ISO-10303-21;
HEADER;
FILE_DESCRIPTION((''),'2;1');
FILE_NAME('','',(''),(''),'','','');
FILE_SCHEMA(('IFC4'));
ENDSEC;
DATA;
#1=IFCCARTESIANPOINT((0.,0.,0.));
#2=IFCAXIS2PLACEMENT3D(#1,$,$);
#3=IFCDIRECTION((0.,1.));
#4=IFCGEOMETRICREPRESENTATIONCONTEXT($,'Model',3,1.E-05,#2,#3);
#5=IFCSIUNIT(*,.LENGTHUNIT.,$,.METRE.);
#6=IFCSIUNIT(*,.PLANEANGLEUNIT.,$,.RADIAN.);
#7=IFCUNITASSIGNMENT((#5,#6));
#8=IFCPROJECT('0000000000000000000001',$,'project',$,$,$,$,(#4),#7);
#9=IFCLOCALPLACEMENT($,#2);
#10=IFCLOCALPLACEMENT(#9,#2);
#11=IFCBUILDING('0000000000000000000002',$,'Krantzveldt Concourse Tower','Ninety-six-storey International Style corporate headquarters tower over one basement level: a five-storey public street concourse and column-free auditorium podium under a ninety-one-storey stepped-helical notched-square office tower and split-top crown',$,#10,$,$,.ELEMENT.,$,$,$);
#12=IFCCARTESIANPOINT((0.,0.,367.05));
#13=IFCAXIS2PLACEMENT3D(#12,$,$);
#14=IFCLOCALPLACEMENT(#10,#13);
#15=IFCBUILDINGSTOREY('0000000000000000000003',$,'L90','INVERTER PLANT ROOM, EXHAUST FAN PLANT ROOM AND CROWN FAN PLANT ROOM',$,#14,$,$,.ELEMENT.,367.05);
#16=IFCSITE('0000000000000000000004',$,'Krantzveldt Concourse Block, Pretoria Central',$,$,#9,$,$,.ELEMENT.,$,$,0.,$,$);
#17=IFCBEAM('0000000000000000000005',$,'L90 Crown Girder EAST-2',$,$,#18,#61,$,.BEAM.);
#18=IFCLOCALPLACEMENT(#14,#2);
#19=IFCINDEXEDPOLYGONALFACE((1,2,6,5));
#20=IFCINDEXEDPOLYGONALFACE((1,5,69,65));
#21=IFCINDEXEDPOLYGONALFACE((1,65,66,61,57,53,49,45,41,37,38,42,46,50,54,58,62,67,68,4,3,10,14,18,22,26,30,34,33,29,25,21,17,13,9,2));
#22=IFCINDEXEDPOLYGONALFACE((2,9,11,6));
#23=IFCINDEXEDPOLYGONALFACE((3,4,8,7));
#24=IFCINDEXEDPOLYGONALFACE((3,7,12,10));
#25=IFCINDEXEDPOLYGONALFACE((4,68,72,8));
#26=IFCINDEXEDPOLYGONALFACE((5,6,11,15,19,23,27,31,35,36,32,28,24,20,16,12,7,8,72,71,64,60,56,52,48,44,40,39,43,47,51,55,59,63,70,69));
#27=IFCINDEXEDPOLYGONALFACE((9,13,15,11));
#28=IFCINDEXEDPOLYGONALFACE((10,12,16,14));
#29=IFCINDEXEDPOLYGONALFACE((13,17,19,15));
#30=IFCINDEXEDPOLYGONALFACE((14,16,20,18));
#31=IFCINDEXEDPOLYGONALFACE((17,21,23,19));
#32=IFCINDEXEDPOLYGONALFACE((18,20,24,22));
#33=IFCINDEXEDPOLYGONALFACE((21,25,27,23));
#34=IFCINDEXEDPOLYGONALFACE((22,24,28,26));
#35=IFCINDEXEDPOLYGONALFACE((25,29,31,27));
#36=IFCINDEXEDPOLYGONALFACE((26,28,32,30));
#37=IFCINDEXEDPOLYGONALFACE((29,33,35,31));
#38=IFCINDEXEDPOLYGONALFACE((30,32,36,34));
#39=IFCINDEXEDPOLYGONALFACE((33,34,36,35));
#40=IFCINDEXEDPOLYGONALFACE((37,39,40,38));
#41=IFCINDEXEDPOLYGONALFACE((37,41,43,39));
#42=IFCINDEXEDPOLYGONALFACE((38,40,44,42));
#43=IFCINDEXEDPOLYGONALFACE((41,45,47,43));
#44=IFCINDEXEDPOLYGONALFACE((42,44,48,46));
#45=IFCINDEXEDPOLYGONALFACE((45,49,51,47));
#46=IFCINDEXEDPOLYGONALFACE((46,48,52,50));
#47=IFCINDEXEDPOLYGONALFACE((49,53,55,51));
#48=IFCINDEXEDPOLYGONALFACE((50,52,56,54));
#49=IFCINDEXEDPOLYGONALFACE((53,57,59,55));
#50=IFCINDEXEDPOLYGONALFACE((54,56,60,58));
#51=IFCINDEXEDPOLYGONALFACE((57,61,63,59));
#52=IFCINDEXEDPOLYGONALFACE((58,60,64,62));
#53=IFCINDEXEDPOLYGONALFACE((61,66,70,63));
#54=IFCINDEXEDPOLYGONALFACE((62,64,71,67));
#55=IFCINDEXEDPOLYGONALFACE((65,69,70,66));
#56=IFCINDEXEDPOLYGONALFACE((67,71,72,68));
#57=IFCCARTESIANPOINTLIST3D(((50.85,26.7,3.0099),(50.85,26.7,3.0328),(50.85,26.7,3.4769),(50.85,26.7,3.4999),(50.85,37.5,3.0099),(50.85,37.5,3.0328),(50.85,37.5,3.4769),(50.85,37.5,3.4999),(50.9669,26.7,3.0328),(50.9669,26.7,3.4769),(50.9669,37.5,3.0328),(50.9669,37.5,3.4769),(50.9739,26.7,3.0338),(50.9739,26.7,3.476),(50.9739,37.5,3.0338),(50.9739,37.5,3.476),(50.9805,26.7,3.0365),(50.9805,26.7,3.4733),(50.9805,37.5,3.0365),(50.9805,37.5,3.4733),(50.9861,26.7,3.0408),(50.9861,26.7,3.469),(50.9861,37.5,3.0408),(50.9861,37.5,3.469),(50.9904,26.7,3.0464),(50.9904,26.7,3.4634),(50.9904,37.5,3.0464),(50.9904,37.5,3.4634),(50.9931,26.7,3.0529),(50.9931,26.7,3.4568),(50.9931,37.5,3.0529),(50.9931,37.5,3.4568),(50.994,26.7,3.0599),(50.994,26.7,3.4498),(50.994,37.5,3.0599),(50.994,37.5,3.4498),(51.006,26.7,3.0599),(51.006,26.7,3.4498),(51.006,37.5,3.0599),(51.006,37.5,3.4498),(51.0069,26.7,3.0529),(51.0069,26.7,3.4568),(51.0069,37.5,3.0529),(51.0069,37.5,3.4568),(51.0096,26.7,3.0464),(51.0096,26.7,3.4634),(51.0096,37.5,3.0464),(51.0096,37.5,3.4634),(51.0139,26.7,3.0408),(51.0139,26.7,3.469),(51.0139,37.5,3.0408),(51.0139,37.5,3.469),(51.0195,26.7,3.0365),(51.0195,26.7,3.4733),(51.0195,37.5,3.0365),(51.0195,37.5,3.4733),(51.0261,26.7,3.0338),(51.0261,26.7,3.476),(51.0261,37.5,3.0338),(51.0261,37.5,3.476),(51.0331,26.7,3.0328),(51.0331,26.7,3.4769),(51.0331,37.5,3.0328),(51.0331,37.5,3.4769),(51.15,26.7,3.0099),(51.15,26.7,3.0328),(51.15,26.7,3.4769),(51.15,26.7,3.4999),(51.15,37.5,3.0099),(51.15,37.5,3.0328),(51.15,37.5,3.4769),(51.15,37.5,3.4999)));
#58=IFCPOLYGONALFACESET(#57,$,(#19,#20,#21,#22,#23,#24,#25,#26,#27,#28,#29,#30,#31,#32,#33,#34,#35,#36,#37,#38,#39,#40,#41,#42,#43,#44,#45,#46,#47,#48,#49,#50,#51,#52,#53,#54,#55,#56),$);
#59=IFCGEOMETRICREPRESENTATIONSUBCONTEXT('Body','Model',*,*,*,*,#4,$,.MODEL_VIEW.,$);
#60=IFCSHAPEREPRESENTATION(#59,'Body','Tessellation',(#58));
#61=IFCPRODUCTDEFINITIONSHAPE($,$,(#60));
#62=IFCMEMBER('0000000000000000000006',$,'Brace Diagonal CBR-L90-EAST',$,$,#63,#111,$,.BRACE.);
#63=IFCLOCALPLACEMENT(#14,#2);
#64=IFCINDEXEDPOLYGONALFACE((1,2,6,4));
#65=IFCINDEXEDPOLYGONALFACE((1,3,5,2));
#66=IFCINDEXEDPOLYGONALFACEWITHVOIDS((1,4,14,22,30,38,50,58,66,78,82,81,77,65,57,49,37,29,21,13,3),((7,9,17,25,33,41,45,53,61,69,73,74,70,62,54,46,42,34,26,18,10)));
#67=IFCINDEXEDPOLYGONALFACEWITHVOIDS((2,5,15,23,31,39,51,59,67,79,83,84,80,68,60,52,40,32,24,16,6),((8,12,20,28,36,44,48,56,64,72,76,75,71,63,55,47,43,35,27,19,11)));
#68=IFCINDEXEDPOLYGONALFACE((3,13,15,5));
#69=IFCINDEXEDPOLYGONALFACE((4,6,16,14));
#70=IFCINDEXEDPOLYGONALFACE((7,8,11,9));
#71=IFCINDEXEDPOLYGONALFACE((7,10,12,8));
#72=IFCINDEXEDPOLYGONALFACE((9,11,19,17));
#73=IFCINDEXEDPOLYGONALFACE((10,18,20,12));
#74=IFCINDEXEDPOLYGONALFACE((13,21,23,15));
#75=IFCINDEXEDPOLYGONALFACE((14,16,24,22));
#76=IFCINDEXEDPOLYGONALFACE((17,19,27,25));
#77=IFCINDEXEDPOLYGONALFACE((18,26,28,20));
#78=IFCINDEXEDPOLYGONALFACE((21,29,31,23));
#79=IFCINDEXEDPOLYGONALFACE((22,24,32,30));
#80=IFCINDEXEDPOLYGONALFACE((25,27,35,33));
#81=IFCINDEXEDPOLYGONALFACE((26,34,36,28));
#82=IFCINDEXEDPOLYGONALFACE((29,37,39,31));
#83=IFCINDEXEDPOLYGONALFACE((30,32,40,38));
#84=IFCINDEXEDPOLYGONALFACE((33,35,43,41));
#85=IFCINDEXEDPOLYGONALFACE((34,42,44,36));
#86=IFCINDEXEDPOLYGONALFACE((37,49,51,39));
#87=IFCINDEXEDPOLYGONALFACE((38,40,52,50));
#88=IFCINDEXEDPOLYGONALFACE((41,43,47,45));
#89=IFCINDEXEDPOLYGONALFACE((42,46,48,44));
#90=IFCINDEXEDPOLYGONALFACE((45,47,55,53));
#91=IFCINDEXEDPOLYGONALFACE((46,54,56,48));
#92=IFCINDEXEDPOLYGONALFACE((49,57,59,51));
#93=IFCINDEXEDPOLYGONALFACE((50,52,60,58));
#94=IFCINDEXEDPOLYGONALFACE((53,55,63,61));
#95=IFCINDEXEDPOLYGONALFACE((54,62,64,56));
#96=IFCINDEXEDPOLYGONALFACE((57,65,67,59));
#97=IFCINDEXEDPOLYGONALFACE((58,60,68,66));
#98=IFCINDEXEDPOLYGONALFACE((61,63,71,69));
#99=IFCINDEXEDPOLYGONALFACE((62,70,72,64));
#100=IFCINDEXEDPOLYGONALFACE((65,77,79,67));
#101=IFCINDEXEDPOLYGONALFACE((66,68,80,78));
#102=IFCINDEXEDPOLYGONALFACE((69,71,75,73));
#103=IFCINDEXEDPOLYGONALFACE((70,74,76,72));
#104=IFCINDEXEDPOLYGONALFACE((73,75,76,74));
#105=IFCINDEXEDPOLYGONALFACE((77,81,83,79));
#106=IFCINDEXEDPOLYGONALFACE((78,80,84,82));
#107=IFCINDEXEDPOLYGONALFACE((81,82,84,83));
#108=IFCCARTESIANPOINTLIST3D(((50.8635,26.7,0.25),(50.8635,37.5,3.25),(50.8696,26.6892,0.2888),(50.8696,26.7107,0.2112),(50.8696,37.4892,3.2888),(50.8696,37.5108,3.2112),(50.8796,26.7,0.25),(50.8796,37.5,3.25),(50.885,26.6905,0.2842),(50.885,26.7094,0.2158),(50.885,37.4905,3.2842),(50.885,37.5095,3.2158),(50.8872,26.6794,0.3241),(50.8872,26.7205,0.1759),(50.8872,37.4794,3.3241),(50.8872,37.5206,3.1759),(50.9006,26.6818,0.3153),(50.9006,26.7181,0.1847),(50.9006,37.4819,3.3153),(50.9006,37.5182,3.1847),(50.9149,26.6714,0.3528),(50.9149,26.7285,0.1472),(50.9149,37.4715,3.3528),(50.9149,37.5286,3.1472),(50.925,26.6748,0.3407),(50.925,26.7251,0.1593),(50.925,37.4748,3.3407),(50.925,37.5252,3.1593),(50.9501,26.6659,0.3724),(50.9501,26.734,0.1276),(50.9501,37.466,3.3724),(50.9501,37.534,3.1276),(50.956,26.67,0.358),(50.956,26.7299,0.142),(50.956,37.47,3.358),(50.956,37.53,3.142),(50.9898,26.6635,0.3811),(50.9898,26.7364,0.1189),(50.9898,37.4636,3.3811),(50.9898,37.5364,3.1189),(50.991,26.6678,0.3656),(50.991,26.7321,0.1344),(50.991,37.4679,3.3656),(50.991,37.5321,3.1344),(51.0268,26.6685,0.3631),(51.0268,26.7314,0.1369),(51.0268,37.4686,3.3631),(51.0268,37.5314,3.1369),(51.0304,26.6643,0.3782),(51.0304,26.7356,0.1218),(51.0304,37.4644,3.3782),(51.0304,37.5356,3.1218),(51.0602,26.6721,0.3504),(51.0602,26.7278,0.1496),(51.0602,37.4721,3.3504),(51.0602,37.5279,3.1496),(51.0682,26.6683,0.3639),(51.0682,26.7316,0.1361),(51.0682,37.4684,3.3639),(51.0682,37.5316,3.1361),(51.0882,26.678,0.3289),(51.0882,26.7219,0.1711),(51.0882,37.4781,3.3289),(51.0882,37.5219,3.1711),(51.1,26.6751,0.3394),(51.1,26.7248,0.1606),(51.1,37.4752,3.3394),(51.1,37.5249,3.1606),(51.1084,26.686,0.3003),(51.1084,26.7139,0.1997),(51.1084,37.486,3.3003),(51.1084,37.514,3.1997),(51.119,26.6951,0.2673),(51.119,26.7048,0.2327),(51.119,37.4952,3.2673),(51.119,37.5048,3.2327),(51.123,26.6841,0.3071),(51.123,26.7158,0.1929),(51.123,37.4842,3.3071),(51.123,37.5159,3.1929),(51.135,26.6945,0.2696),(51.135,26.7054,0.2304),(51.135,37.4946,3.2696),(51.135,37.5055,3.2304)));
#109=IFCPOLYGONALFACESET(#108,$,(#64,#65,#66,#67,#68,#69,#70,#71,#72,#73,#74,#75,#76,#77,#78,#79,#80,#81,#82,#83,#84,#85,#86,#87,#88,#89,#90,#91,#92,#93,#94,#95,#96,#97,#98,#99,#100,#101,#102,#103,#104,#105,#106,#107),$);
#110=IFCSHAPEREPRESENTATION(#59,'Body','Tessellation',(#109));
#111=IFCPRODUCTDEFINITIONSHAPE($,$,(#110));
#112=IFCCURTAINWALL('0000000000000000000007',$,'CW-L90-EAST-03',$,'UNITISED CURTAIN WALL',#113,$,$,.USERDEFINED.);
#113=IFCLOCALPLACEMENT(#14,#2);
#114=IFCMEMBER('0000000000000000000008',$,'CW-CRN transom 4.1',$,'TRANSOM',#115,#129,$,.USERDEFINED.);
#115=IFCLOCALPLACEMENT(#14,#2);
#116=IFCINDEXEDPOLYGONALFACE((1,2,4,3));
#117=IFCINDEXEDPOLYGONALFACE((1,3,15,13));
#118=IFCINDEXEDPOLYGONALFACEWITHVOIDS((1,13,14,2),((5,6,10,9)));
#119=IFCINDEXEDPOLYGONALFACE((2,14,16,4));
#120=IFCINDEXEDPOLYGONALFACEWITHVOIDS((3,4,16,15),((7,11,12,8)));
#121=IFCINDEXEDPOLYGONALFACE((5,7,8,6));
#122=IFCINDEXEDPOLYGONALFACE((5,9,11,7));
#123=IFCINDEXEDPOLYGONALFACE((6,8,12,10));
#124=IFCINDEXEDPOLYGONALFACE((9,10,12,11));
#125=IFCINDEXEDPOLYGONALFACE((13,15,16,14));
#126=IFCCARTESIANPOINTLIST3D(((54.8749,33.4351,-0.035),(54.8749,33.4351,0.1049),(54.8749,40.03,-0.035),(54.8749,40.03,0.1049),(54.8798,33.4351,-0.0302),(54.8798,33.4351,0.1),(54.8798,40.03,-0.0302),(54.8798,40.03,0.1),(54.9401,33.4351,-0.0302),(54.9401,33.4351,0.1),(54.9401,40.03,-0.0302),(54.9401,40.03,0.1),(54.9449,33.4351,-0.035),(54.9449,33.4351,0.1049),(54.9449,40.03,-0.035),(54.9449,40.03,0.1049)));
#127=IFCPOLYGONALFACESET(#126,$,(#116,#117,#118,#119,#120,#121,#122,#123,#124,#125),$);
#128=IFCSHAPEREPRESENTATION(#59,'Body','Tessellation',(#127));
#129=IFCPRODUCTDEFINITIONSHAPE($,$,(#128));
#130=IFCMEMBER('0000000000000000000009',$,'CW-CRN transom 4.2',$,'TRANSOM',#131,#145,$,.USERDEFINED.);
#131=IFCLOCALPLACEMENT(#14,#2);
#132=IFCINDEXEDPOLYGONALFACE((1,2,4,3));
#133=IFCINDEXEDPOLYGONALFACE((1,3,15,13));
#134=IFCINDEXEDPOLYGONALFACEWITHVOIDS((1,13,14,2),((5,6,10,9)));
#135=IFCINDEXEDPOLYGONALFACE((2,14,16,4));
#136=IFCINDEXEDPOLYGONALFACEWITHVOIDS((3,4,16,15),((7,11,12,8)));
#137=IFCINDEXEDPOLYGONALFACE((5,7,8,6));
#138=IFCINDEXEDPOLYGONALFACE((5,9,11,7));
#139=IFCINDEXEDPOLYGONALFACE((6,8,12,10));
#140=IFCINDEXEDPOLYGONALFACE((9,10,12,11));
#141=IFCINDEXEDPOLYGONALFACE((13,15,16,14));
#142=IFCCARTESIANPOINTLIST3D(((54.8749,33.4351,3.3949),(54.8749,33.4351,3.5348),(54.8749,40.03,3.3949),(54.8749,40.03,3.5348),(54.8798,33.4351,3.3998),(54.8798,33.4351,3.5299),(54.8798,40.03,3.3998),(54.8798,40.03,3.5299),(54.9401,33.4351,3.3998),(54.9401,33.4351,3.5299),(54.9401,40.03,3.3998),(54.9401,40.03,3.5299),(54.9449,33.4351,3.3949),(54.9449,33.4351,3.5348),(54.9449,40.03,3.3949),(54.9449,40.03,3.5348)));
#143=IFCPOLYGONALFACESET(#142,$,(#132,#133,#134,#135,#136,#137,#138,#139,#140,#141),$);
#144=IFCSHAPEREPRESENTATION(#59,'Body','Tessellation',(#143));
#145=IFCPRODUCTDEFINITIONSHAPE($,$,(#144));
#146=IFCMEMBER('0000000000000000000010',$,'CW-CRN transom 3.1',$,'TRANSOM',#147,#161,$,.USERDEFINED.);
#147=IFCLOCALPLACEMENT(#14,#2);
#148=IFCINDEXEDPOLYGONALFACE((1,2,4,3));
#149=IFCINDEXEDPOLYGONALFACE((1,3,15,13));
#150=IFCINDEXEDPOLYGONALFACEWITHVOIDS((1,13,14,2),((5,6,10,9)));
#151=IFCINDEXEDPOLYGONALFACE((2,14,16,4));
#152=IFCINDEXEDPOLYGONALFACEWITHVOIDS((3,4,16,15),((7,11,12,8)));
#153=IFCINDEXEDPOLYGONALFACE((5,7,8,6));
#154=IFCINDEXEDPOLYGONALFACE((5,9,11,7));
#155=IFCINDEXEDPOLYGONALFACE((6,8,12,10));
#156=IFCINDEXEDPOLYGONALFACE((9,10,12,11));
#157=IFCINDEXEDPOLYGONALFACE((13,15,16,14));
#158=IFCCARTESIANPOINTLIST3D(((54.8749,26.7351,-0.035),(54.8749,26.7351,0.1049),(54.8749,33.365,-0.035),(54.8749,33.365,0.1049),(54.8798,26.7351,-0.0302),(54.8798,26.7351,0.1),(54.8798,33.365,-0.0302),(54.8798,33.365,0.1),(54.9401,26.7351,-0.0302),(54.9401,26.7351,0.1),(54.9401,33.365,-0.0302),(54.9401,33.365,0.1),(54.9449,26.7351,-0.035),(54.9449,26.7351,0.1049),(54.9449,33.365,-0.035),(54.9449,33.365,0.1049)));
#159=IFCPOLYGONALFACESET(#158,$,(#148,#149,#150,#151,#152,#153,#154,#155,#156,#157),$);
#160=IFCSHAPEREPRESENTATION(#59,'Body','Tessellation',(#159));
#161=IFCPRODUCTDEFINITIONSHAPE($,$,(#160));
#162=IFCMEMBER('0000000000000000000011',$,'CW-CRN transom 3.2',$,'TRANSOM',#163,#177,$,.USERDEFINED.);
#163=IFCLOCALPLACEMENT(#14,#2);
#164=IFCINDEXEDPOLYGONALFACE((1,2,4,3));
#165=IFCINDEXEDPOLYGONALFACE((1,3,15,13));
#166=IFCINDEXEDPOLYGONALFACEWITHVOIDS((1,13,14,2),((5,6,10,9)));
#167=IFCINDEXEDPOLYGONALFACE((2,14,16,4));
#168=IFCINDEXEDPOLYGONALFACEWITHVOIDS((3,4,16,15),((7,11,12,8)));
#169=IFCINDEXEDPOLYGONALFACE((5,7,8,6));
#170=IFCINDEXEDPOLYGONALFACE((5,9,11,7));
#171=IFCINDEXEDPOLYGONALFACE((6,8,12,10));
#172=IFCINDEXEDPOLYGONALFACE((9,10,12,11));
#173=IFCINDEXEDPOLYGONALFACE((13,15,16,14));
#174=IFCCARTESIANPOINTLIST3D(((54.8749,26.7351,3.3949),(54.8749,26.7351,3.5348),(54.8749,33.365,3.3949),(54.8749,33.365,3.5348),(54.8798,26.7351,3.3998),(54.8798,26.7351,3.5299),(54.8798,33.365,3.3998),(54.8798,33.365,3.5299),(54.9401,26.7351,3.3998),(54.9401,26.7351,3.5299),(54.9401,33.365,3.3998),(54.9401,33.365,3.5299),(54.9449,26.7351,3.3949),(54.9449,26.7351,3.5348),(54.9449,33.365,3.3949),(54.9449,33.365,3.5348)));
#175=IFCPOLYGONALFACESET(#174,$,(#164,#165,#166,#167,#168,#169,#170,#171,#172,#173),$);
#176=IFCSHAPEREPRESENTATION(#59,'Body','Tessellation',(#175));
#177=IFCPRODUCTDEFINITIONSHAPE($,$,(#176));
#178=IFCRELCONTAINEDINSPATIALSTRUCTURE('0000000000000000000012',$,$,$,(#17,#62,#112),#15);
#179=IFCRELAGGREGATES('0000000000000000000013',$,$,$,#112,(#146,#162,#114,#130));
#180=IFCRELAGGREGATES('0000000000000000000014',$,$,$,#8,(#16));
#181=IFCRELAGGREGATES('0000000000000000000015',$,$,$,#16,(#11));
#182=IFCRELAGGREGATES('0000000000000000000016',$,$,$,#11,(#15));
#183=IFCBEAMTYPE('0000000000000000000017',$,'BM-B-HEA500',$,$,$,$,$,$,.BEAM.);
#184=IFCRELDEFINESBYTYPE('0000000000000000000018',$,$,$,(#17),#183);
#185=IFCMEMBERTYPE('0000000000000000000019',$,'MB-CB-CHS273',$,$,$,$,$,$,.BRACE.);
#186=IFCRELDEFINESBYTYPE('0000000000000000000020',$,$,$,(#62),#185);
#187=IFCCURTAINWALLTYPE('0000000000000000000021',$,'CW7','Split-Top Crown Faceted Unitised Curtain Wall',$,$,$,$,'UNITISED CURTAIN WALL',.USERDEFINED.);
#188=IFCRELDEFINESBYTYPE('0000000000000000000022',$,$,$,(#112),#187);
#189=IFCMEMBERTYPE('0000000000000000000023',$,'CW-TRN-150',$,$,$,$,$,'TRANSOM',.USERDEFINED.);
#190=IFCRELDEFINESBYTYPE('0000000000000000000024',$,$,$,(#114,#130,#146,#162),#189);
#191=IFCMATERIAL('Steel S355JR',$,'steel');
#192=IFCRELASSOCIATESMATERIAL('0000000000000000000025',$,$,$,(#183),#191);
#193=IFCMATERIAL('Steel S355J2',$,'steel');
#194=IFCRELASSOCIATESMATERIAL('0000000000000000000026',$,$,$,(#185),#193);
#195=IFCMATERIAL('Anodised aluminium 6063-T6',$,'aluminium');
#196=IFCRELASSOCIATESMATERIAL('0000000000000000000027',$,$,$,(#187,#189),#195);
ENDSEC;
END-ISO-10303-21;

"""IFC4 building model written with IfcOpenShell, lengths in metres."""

from ifc_helpers import new_model, si_unit, direction, frame, origin, origin_2d, place, context, subcontext, project, spatial, hollow_rectangle, hollow_circle, i_section, extrude, source, transform, mapped, material, material_profile, profile_set, type_object, type_shapes, element, aggregate, save


model = new_model("IFC4")

# Units and contexts
model_context = context("Model", 3, precision=1e-05, world=origin(), true_north=direction((0.0, 1.0)))
body_context = subcontext(model_context, "Body", "Model", "MODEL_VIEW")
ifc_project = project(units=[si_unit("LENGTHUNIT", "METRE"), si_unit("PLANEANGLEUNIT", "RADIAN")], contexts=[model_context])

# Site, building, storey
site_placement = place(None, origin())
site = spatial("IfcSite", under=ifc_project, at=site_placement, Name="Krantzveldt Concourse Block, Pretoria Central", CompositionType="ELEMENT", RefElevation=0.0)
building_placement = place(site_placement, origin())
building = spatial("IfcBuilding", under=site, at=building_placement, Name="Krantzveldt Concourse Tower", Description="Ninety-six-storey International Style corporate headquarters tower over one basement level: a five-storey public street concourse and column-free auditorium podium under a ninety-one-storey stepped-helical notched-square office tower and split-top crown", CompositionType="ELEMENT")
storey_placement = place(building_placement, frame((0.0, 0.0, 367.05)))
storey = spatial("IfcBuildingStorey", under=building, at=storey_placement, Name="L90", Description="INVERTER PLANT ROOM, EXHAUST FAN PLANT ROOM AND CROWN FAN PLANT ROOM", CompositionType="ELEMENT", Elevation=367.05)

# Shared definitions
ifc_material_1 = material(Name="Steel S355J2", Category="steel")

# Beam
ifc_material_2 = material(Name="Steel S355JR", Category="steel")
ifc_material_profile_1 = material_profile(ifc_material_2, i_section(OverallWidth=0.3, OverallDepth=0.49, WebThickness=0.012, FlangeThickness=0.0229, FilletRadius=0.0271, at=origin_2d()), Name="Steel S355JR", Category="steel")
ifc_profile_set_1 = profile_set([ifc_material_profile_1], Name="Steel S355JR - HEA 500")
beam_type = type_object("IfcBeamType", Name="BM-B-HEA500", PredefinedType="BEAM", material=ifc_profile_set_1)
shared_shape_1 = source(origin(), body_context, "Body", "SweptSolid", [
    extrude(i_section(OverallWidth=0.3, OverallDepth=0.49, WebThickness=0.012, FlangeThickness=0.0229, FilletRadius=0.0271, at=origin_2d()), origin(), (0.0, 0.0, 1.0), 10.8),
])
beam_1_placement = place(storey_placement, frame((51.0, 26.7, 3.2549), z_axis=(0.0, 1.0, 0.0), x_axis=(-1.0, 0.0, 0.0)))
element("IfcBeam", 1, at=beam_1_placement, inside=storey, type_object=beam_type, Name="L90 Crown Girder EAST-2", PredefinedType="BEAM", context=body_context, shape_type="MappedRepresentation", body=[
    mapped(shared_shape_1, transform((0.0, 0.0, 0.0), x_axis=(1.0, 0.0, 0.0), y_axis=(0.0, 1.0, 0.0), z_axis=(0.0, 0.0, 1.0), scale=1.0)),
])

# Member
ifc_material_profile_2 = material_profile(ifc_material_1, hollow_circle(Radius=0.1365, WallThickness=0.0161, at=origin_2d()), Name="Steel S355J2", Category="steel")
ifc_profile_set_2 = profile_set([ifc_material_profile_2], Name="Steel S355J2 - CHS 273x16")
member_type_1 = type_object("IfcMemberType", Name="MB-CB-CHS273", PredefinedType="BRACE", material=ifc_profile_set_2)
shared_shape_2 = source(origin(), body_context, "Body", "SweptSolid", [
    extrude(hollow_circle(Radius=0.1365, WallThickness=0.0161, at=origin_2d()), origin(), (0.0, 0.0, 1.0), 11.209),
])
type_shapes(member_type_1, [shared_shape_2])
member_1_placement = place(storey_placement, frame((51.0, 26.7, 0.25), z_axis=(0.0, 0.963518, 0.267643), x_axis=(-1.0, 0.0, 0.0)))
element("IfcMember", 2, at=member_1_placement, inside=storey, type_object=member_type_1, Name="Brace Diagonal CBR-L90-EAST", PredefinedType="BRACE", context=body_context, shape_type="MappedRepresentation", body=[
    mapped(shared_shape_2, transform((0.0, 0.0, 0.0), x_axis=(1.0, 0.0, 0.0), y_axis=(0.0, 1.0, 0.0), z_axis=(0.0, 0.0, 1.0), scale=1.0)),
])

# Curtain wall, members
ifc_material_3 = material(Name="Anodised aluminium 6063-T6", Category="aluminium")
curtain_wall_type = type_object("IfcCurtainWallType", Name="CW7", Description="Split-Top Crown Faceted Unitised Curtain Wall", ElementType="UNITISED CURTAIN WALL", PredefinedType="USERDEFINED", material=ifc_material_3)
curtain_wall_1_placement = place(storey_placement, origin())
curtain_wall_1 = element("IfcCurtainWall", 3, at=curtain_wall_1_placement, inside=storey, type_object=curtain_wall_type, Name="CW-L90-EAST-03", ObjectType="UNITISED CURTAIN WALL", PredefinedType="USERDEFINED")
ifc_material_profile_3 = material_profile(ifc_material_3, hollow_rectangle(XDim=0.0701, YDim=0.1399, WallThickness=0.0049, at=origin_2d()), Name="Anodised aluminium 6063-T6", Category="aluminium")
ifc_profile_set_3 = profile_set([ifc_material_profile_3], Name="Anodised aluminium 6063-T6 - ALU-TRAN 140x70x5")
member_type_2 = type_object("IfcMemberType", Name="CW-TRN-150", ElementType="TRANSOM", PredefinedType="USERDEFINED", material=ifc_profile_set_3)
shared_shape_3 = source(origin(), body_context, "Body", "SweptSolid", [
    extrude(hollow_rectangle(XDim=0.0701, YDim=0.1399, WallThickness=0.0049, at=origin_2d()), origin(), (0.0, 0.0, 1.0), 6.595),
])
member_2_placement = place(storey_placement, frame((54.9099, 33.4351, 0.0349), z_axis=(0.0, 1.0, 0.0), x_axis=(-1.0, 0.0, 0.0)))
member_2 = element("IfcMember", 4, at=member_2_placement, type_object=member_type_2, Name="CW-CRN transom 4.1", ObjectType="TRANSOM", PredefinedType="USERDEFINED", context=body_context, shape_type="MappedRepresentation", body=[
    mapped(shared_shape_3, transform((0.0, 0.0, 0.0), x_axis=(1.0, 0.0, 0.0), y_axis=(0.0, 1.0, 0.0), z_axis=(0.0, 0.0, 1.0), scale=1.0)),
])
member_3_placement = place(storey_placement, frame((54.9099, 33.4351, 3.4648), z_axis=(0.0, 1.0, 0.0), x_axis=(-1.0, 0.0, 0.0)))
member_3 = element("IfcMember", 5, at=member_3_placement, type_object=member_type_2, Name="CW-CRN transom 4.2", ObjectType="TRANSOM", PredefinedType="USERDEFINED", context=body_context, shape_type="MappedRepresentation", body=[
    mapped(shared_shape_3, transform((0.0, 0.0, 0.0), x_axis=(1.0, 0.0, 0.0), y_axis=(0.0, 1.0, 0.0), z_axis=(0.0, 0.0, 1.0), scale=1.0)),
])
shared_shape_4 = source(origin(), body_context, "Body", "SweptSolid", [
    extrude(hollow_rectangle(XDim=0.0701, YDim=0.1399, WallThickness=0.0049, at=origin_2d()), origin(), (0.0, 0.0, 1.0), 6.6299),
])
member_4_placement = place(storey_placement, frame((54.9099, 26.7351, 0.0349), z_axis=(0.0, 1.0, 0.0), x_axis=(-1.0, 0.0, 0.0)))
member_4 = element("IfcMember", 6, at=member_4_placement, type_object=member_type_2, Name="CW-CRN transom 3.1", ObjectType="TRANSOM", PredefinedType="USERDEFINED", context=body_context, shape_type="MappedRepresentation", body=[
    mapped(shared_shape_4, transform((0.0, 0.0, 0.0), x_axis=(1.0, 0.0, 0.0), y_axis=(0.0, 1.0, 0.0), z_axis=(0.0, 0.0, 1.0), scale=1.0)),
])
member_5_placement = place(storey_placement, frame((54.9099, 26.7351, 3.4648), z_axis=(0.0, 1.0, 0.0), x_axis=(-1.0, 0.0, 0.0)))
member_5 = element("IfcMember", 7, at=member_5_placement, type_object=member_type_2, Name="CW-CRN transom 3.2", ObjectType="TRANSOM", PredefinedType="USERDEFINED", context=body_context, shape_type="MappedRepresentation", body=[
    mapped(shared_shape_4, transform((0.0, 0.0, 0.0), x_axis=(1.0, 0.0, 0.0), y_axis=(0.0, 1.0, 0.0), z_axis=(0.0, 0.0, 1.0), scale=1.0)),
])

aggregate(curtain_wall_1, [member_4, member_5, member_2, member_3])

save(model, "model.ifc")
